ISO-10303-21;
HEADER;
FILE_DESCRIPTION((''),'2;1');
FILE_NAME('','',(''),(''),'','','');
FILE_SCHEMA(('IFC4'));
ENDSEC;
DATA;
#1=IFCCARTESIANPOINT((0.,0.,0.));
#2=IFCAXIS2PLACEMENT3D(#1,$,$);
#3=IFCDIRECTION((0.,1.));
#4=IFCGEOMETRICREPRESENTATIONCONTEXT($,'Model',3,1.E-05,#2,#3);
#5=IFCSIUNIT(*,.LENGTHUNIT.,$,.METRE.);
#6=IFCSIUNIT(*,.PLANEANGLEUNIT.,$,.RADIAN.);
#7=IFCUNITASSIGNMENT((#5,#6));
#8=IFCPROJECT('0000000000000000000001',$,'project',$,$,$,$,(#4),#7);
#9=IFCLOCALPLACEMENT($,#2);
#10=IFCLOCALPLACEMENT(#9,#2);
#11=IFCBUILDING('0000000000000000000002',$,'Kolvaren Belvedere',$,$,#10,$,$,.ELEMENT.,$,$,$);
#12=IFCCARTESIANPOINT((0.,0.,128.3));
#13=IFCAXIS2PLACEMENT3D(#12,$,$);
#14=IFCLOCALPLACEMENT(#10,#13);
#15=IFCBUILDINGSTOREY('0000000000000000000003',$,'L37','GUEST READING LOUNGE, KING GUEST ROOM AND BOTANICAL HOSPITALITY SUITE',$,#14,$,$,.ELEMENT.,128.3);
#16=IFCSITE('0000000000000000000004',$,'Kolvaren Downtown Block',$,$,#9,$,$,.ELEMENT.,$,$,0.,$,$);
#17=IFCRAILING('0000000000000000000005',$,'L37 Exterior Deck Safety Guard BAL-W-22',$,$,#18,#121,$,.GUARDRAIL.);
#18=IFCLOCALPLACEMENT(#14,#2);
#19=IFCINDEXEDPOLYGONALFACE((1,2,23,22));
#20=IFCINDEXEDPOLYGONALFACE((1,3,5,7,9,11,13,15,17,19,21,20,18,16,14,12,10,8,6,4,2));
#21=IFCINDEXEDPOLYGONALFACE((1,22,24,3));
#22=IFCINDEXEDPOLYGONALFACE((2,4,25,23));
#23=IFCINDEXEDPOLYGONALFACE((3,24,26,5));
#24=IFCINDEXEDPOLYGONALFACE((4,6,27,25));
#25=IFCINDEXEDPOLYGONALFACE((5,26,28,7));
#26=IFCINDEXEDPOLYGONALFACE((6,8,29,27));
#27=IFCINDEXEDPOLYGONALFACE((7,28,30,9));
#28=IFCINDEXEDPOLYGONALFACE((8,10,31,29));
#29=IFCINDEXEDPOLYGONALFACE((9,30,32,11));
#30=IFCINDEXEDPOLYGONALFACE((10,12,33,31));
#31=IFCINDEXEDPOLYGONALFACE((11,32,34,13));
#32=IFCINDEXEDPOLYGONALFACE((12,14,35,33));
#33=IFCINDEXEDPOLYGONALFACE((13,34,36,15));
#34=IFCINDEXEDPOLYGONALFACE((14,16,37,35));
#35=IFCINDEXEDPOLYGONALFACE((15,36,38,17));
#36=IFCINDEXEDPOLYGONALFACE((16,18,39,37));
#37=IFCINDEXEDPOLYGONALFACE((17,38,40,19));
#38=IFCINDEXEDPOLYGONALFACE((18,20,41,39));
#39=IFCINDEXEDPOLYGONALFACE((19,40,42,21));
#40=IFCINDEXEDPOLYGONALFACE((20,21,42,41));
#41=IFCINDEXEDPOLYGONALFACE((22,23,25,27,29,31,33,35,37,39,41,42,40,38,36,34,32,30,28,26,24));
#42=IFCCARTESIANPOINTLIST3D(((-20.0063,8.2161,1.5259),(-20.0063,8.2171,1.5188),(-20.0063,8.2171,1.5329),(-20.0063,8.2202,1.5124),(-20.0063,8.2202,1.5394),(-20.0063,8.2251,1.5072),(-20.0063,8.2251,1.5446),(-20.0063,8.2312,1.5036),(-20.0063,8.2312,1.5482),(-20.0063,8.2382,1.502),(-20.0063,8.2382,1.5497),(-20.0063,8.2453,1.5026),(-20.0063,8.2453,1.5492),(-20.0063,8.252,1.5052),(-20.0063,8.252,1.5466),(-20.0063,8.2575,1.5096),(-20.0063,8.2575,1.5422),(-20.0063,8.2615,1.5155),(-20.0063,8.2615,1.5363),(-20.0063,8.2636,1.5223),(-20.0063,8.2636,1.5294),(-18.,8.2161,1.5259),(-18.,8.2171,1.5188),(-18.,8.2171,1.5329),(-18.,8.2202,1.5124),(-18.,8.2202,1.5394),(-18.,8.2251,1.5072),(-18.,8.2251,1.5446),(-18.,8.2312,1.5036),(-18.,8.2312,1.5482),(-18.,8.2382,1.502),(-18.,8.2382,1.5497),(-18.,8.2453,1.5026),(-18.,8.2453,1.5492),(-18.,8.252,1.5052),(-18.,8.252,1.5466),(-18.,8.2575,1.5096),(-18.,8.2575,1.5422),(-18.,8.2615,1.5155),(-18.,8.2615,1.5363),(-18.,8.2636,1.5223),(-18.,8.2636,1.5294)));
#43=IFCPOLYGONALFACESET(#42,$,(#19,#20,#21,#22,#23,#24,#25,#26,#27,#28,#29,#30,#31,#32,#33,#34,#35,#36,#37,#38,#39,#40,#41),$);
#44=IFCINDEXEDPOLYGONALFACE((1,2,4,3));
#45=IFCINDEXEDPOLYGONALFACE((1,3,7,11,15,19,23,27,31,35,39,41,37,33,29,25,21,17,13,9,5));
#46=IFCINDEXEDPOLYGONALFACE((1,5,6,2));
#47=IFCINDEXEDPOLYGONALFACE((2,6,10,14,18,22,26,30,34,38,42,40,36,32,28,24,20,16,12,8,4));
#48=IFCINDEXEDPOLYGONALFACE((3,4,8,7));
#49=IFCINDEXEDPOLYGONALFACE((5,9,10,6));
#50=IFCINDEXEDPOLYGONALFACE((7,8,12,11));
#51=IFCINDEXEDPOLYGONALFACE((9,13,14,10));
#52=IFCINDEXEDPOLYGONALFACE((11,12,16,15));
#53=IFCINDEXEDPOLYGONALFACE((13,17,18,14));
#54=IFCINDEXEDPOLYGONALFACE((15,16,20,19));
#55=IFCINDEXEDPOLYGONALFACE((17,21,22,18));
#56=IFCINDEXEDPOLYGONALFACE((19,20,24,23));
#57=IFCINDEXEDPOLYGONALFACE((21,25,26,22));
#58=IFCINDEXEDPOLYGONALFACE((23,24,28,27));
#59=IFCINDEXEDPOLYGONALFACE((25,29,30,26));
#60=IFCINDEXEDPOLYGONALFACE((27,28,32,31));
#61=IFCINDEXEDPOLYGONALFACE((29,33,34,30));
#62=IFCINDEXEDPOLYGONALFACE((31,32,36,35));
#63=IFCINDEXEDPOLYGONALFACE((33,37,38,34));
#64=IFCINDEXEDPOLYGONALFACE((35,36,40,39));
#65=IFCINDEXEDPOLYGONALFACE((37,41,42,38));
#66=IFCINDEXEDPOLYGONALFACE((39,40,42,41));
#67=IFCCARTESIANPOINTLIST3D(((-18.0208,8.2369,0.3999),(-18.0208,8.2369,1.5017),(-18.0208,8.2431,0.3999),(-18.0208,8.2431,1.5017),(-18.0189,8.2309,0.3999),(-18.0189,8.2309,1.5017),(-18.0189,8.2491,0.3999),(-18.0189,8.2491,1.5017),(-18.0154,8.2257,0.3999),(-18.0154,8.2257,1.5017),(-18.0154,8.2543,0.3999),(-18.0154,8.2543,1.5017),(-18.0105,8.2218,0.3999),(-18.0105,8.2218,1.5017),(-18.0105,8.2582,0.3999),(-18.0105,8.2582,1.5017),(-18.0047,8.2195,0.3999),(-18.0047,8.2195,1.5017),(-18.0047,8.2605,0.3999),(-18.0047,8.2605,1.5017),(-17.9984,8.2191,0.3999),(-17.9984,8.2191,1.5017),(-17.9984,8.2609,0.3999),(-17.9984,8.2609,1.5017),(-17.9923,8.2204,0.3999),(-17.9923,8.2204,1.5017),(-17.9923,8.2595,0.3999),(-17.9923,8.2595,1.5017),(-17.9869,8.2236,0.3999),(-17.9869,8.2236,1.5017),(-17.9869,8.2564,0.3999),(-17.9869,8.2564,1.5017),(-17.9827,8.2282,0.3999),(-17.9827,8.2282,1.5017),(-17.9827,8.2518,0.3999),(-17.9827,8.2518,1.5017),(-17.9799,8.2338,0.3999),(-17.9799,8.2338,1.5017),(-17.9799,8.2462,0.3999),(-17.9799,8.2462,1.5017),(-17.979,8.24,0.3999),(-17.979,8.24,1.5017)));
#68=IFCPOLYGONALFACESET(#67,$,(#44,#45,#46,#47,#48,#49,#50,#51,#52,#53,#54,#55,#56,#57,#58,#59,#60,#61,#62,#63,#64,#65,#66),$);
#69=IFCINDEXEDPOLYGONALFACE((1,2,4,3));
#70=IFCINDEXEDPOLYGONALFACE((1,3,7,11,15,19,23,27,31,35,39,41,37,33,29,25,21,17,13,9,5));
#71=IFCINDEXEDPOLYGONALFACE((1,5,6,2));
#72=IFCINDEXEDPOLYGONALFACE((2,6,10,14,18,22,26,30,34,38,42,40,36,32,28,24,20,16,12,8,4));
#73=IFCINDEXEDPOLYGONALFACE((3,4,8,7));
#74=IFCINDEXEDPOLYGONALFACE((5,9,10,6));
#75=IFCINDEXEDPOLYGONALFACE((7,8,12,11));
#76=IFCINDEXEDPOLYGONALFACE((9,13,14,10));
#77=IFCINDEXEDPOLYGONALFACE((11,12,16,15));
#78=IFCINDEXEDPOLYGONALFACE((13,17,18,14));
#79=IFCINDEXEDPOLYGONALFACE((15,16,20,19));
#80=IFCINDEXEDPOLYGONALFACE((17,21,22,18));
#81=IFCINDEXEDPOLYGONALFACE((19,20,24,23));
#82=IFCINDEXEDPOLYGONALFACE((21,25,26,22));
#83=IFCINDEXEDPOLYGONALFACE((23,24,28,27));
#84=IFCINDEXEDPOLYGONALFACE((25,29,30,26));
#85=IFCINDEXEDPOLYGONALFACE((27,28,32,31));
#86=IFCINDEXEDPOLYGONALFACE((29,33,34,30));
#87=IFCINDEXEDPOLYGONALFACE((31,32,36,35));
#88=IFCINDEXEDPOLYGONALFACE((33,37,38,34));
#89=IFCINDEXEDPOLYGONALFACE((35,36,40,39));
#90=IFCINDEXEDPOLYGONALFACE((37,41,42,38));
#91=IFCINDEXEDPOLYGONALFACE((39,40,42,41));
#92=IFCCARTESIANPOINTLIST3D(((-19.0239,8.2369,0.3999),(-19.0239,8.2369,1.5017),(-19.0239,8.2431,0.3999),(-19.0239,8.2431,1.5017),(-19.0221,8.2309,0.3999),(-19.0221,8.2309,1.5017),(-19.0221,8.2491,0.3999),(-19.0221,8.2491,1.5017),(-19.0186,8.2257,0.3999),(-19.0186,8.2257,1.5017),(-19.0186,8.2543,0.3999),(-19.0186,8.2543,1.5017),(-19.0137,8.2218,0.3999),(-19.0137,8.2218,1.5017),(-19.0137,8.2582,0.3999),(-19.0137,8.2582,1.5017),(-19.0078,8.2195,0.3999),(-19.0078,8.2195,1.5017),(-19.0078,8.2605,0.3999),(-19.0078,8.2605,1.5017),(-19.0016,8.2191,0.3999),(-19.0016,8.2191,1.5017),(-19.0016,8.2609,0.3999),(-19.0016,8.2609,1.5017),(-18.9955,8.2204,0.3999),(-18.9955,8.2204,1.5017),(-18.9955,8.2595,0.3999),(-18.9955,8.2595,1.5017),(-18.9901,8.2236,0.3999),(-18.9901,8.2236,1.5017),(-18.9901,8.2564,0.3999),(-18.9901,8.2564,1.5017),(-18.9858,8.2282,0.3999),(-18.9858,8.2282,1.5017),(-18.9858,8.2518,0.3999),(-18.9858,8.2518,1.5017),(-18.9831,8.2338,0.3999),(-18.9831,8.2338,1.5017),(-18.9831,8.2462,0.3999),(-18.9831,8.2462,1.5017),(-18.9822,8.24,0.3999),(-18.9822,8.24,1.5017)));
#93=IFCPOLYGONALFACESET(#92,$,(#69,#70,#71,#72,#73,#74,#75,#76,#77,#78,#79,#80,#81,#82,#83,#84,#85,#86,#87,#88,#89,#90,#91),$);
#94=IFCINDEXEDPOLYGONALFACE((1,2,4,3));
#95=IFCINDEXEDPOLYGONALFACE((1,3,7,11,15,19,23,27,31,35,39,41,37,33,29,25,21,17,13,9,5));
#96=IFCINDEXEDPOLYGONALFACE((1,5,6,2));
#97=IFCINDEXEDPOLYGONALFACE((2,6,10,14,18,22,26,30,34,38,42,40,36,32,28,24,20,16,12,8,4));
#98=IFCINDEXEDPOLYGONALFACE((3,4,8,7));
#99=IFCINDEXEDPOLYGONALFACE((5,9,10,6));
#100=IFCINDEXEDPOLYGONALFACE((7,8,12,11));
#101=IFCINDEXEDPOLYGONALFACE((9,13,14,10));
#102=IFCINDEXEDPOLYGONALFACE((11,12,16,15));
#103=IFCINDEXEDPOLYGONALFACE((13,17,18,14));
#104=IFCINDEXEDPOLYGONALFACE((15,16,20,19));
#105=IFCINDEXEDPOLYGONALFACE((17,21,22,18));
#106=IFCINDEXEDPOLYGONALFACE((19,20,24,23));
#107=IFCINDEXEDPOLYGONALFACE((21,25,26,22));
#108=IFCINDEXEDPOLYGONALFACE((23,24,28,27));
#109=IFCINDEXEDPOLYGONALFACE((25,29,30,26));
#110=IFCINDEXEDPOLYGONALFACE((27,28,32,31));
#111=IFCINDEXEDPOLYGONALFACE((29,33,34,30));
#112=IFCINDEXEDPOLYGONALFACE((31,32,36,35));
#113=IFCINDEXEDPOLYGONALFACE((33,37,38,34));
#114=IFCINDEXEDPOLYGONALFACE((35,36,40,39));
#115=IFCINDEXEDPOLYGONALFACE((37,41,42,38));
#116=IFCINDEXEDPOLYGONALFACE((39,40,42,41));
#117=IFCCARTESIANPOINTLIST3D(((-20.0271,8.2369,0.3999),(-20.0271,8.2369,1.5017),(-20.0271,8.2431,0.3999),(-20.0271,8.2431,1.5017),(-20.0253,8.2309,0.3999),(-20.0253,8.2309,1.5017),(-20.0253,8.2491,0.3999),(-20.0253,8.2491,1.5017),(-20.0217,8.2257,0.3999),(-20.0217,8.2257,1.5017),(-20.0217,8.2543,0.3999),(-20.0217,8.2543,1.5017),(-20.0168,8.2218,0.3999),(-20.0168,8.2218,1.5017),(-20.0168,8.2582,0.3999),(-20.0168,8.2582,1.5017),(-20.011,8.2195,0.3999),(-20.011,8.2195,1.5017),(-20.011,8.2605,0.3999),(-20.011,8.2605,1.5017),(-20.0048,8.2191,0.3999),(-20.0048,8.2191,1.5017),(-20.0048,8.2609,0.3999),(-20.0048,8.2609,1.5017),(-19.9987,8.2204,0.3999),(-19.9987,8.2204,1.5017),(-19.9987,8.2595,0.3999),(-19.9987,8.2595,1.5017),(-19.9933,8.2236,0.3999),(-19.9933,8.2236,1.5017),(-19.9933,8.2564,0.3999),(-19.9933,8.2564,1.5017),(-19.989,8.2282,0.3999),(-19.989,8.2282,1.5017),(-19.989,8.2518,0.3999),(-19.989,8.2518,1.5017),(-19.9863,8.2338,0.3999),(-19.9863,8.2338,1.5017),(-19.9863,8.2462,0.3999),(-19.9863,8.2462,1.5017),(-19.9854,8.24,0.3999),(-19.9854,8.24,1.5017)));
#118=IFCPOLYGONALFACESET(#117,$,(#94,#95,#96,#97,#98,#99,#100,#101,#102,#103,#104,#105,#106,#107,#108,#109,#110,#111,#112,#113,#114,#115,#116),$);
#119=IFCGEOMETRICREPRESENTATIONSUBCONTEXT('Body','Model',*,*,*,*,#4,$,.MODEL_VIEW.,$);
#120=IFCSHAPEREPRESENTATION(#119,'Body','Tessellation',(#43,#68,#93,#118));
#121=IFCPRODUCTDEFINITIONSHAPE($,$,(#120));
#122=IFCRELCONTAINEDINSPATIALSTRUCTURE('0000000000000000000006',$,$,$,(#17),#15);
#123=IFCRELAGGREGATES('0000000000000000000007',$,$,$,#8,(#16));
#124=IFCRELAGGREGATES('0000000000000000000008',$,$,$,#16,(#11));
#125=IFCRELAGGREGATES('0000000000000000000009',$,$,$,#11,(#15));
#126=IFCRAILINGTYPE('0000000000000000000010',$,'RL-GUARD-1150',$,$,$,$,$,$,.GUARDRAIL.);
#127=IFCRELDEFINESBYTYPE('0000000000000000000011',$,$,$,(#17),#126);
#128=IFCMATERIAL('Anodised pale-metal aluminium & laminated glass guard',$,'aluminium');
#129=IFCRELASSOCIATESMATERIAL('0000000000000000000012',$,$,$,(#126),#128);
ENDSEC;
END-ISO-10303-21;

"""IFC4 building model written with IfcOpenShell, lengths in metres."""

from ifc_helpers import new_model, si_unit, direction, frame, origin, origin_2d, place, context, subcontext, project, spatial, circle, extrude, material, type_object, element, save


model = new_model("IFC4")

# Units and contexts
model_context = context("Model", 3, precision=1e-05, world=origin(), true_north=direction((0.0, 1.0)))
body_context = subcontext(model_context, "Body", "Model", "MODEL_VIEW")
ifc_project = project(units=[si_unit("LENGTHUNIT", "METRE"), si_unit("PLANEANGLEUNIT", "RADIAN")], contexts=[model_context])

# Site, building, storey
site_placement = place(None, origin())
site = spatial("IfcSite", under=ifc_project, at=site_placement, Name="Kolvaren Downtown Block", CompositionType="ELEMENT", RefElevation=0.0)
building_placement = place(site_placement, origin())
building = spatial("IfcBuilding", under=site, at=building_placement, Name="Kolvaren Belvedere", CompositionType="ELEMENT")
storey_placement = place(building_placement, frame((0.0, 0.0, 128.3)))
storey = spatial("IfcBuildingStorey", under=building, at=storey_placement, Name="L37", Description="GUEST READING LOUNGE, KING GUEST ROOM AND BOTANICAL HOSPITALITY SUITE", CompositionType="ELEMENT", Elevation=128.3)

# Railing
ifc_material_1 = material(Name="Anodised pale-metal aluminium & laminated glass guard", Category="aluminium")
railing_type = type_object("IfcRailingType", Name="RL-GUARD-1150", PredefinedType="GUARDRAIL", material=ifc_material_1)
railing_1_placement = place(storey_placement, frame((-18.0, 8.24, 0.3999)))
element("IfcRailing", 1, at=railing_1_placement, inside=storey, type_object=railing_type, Name="L37 Exterior Deck Safety Guard BAL-W-22", PredefinedType="GUARDRAIL", context=body_context, shape_type="SweptSolid", body=[
    extrude(circle(Radius=0.0239, at=origin_2d()), frame((0.0, 0.0, 1.126), z_axis=(-1.0, 0.0, 0.0), x_axis=(0.0, -1.0, 0.0)), (0.0, 0.0, 1.0), 2.0063),
    extrude(circle(Radius=0.021, at=origin_2d()), origin(), (0.0, 0.0, 1.0), 1.1018),
    extrude(circle(Radius=0.021, at=origin_2d()), frame((-1.0032, 0.0, 0.0)), (0.0, 0.0, 1.0), 1.1018),
    extrude(circle(Radius=0.021, at=origin_2d()), frame((-2.0063, 0.0, 0.0)), (0.0, 0.0, 1.0), 1.1018),
])

save(model, "model.ifc")
